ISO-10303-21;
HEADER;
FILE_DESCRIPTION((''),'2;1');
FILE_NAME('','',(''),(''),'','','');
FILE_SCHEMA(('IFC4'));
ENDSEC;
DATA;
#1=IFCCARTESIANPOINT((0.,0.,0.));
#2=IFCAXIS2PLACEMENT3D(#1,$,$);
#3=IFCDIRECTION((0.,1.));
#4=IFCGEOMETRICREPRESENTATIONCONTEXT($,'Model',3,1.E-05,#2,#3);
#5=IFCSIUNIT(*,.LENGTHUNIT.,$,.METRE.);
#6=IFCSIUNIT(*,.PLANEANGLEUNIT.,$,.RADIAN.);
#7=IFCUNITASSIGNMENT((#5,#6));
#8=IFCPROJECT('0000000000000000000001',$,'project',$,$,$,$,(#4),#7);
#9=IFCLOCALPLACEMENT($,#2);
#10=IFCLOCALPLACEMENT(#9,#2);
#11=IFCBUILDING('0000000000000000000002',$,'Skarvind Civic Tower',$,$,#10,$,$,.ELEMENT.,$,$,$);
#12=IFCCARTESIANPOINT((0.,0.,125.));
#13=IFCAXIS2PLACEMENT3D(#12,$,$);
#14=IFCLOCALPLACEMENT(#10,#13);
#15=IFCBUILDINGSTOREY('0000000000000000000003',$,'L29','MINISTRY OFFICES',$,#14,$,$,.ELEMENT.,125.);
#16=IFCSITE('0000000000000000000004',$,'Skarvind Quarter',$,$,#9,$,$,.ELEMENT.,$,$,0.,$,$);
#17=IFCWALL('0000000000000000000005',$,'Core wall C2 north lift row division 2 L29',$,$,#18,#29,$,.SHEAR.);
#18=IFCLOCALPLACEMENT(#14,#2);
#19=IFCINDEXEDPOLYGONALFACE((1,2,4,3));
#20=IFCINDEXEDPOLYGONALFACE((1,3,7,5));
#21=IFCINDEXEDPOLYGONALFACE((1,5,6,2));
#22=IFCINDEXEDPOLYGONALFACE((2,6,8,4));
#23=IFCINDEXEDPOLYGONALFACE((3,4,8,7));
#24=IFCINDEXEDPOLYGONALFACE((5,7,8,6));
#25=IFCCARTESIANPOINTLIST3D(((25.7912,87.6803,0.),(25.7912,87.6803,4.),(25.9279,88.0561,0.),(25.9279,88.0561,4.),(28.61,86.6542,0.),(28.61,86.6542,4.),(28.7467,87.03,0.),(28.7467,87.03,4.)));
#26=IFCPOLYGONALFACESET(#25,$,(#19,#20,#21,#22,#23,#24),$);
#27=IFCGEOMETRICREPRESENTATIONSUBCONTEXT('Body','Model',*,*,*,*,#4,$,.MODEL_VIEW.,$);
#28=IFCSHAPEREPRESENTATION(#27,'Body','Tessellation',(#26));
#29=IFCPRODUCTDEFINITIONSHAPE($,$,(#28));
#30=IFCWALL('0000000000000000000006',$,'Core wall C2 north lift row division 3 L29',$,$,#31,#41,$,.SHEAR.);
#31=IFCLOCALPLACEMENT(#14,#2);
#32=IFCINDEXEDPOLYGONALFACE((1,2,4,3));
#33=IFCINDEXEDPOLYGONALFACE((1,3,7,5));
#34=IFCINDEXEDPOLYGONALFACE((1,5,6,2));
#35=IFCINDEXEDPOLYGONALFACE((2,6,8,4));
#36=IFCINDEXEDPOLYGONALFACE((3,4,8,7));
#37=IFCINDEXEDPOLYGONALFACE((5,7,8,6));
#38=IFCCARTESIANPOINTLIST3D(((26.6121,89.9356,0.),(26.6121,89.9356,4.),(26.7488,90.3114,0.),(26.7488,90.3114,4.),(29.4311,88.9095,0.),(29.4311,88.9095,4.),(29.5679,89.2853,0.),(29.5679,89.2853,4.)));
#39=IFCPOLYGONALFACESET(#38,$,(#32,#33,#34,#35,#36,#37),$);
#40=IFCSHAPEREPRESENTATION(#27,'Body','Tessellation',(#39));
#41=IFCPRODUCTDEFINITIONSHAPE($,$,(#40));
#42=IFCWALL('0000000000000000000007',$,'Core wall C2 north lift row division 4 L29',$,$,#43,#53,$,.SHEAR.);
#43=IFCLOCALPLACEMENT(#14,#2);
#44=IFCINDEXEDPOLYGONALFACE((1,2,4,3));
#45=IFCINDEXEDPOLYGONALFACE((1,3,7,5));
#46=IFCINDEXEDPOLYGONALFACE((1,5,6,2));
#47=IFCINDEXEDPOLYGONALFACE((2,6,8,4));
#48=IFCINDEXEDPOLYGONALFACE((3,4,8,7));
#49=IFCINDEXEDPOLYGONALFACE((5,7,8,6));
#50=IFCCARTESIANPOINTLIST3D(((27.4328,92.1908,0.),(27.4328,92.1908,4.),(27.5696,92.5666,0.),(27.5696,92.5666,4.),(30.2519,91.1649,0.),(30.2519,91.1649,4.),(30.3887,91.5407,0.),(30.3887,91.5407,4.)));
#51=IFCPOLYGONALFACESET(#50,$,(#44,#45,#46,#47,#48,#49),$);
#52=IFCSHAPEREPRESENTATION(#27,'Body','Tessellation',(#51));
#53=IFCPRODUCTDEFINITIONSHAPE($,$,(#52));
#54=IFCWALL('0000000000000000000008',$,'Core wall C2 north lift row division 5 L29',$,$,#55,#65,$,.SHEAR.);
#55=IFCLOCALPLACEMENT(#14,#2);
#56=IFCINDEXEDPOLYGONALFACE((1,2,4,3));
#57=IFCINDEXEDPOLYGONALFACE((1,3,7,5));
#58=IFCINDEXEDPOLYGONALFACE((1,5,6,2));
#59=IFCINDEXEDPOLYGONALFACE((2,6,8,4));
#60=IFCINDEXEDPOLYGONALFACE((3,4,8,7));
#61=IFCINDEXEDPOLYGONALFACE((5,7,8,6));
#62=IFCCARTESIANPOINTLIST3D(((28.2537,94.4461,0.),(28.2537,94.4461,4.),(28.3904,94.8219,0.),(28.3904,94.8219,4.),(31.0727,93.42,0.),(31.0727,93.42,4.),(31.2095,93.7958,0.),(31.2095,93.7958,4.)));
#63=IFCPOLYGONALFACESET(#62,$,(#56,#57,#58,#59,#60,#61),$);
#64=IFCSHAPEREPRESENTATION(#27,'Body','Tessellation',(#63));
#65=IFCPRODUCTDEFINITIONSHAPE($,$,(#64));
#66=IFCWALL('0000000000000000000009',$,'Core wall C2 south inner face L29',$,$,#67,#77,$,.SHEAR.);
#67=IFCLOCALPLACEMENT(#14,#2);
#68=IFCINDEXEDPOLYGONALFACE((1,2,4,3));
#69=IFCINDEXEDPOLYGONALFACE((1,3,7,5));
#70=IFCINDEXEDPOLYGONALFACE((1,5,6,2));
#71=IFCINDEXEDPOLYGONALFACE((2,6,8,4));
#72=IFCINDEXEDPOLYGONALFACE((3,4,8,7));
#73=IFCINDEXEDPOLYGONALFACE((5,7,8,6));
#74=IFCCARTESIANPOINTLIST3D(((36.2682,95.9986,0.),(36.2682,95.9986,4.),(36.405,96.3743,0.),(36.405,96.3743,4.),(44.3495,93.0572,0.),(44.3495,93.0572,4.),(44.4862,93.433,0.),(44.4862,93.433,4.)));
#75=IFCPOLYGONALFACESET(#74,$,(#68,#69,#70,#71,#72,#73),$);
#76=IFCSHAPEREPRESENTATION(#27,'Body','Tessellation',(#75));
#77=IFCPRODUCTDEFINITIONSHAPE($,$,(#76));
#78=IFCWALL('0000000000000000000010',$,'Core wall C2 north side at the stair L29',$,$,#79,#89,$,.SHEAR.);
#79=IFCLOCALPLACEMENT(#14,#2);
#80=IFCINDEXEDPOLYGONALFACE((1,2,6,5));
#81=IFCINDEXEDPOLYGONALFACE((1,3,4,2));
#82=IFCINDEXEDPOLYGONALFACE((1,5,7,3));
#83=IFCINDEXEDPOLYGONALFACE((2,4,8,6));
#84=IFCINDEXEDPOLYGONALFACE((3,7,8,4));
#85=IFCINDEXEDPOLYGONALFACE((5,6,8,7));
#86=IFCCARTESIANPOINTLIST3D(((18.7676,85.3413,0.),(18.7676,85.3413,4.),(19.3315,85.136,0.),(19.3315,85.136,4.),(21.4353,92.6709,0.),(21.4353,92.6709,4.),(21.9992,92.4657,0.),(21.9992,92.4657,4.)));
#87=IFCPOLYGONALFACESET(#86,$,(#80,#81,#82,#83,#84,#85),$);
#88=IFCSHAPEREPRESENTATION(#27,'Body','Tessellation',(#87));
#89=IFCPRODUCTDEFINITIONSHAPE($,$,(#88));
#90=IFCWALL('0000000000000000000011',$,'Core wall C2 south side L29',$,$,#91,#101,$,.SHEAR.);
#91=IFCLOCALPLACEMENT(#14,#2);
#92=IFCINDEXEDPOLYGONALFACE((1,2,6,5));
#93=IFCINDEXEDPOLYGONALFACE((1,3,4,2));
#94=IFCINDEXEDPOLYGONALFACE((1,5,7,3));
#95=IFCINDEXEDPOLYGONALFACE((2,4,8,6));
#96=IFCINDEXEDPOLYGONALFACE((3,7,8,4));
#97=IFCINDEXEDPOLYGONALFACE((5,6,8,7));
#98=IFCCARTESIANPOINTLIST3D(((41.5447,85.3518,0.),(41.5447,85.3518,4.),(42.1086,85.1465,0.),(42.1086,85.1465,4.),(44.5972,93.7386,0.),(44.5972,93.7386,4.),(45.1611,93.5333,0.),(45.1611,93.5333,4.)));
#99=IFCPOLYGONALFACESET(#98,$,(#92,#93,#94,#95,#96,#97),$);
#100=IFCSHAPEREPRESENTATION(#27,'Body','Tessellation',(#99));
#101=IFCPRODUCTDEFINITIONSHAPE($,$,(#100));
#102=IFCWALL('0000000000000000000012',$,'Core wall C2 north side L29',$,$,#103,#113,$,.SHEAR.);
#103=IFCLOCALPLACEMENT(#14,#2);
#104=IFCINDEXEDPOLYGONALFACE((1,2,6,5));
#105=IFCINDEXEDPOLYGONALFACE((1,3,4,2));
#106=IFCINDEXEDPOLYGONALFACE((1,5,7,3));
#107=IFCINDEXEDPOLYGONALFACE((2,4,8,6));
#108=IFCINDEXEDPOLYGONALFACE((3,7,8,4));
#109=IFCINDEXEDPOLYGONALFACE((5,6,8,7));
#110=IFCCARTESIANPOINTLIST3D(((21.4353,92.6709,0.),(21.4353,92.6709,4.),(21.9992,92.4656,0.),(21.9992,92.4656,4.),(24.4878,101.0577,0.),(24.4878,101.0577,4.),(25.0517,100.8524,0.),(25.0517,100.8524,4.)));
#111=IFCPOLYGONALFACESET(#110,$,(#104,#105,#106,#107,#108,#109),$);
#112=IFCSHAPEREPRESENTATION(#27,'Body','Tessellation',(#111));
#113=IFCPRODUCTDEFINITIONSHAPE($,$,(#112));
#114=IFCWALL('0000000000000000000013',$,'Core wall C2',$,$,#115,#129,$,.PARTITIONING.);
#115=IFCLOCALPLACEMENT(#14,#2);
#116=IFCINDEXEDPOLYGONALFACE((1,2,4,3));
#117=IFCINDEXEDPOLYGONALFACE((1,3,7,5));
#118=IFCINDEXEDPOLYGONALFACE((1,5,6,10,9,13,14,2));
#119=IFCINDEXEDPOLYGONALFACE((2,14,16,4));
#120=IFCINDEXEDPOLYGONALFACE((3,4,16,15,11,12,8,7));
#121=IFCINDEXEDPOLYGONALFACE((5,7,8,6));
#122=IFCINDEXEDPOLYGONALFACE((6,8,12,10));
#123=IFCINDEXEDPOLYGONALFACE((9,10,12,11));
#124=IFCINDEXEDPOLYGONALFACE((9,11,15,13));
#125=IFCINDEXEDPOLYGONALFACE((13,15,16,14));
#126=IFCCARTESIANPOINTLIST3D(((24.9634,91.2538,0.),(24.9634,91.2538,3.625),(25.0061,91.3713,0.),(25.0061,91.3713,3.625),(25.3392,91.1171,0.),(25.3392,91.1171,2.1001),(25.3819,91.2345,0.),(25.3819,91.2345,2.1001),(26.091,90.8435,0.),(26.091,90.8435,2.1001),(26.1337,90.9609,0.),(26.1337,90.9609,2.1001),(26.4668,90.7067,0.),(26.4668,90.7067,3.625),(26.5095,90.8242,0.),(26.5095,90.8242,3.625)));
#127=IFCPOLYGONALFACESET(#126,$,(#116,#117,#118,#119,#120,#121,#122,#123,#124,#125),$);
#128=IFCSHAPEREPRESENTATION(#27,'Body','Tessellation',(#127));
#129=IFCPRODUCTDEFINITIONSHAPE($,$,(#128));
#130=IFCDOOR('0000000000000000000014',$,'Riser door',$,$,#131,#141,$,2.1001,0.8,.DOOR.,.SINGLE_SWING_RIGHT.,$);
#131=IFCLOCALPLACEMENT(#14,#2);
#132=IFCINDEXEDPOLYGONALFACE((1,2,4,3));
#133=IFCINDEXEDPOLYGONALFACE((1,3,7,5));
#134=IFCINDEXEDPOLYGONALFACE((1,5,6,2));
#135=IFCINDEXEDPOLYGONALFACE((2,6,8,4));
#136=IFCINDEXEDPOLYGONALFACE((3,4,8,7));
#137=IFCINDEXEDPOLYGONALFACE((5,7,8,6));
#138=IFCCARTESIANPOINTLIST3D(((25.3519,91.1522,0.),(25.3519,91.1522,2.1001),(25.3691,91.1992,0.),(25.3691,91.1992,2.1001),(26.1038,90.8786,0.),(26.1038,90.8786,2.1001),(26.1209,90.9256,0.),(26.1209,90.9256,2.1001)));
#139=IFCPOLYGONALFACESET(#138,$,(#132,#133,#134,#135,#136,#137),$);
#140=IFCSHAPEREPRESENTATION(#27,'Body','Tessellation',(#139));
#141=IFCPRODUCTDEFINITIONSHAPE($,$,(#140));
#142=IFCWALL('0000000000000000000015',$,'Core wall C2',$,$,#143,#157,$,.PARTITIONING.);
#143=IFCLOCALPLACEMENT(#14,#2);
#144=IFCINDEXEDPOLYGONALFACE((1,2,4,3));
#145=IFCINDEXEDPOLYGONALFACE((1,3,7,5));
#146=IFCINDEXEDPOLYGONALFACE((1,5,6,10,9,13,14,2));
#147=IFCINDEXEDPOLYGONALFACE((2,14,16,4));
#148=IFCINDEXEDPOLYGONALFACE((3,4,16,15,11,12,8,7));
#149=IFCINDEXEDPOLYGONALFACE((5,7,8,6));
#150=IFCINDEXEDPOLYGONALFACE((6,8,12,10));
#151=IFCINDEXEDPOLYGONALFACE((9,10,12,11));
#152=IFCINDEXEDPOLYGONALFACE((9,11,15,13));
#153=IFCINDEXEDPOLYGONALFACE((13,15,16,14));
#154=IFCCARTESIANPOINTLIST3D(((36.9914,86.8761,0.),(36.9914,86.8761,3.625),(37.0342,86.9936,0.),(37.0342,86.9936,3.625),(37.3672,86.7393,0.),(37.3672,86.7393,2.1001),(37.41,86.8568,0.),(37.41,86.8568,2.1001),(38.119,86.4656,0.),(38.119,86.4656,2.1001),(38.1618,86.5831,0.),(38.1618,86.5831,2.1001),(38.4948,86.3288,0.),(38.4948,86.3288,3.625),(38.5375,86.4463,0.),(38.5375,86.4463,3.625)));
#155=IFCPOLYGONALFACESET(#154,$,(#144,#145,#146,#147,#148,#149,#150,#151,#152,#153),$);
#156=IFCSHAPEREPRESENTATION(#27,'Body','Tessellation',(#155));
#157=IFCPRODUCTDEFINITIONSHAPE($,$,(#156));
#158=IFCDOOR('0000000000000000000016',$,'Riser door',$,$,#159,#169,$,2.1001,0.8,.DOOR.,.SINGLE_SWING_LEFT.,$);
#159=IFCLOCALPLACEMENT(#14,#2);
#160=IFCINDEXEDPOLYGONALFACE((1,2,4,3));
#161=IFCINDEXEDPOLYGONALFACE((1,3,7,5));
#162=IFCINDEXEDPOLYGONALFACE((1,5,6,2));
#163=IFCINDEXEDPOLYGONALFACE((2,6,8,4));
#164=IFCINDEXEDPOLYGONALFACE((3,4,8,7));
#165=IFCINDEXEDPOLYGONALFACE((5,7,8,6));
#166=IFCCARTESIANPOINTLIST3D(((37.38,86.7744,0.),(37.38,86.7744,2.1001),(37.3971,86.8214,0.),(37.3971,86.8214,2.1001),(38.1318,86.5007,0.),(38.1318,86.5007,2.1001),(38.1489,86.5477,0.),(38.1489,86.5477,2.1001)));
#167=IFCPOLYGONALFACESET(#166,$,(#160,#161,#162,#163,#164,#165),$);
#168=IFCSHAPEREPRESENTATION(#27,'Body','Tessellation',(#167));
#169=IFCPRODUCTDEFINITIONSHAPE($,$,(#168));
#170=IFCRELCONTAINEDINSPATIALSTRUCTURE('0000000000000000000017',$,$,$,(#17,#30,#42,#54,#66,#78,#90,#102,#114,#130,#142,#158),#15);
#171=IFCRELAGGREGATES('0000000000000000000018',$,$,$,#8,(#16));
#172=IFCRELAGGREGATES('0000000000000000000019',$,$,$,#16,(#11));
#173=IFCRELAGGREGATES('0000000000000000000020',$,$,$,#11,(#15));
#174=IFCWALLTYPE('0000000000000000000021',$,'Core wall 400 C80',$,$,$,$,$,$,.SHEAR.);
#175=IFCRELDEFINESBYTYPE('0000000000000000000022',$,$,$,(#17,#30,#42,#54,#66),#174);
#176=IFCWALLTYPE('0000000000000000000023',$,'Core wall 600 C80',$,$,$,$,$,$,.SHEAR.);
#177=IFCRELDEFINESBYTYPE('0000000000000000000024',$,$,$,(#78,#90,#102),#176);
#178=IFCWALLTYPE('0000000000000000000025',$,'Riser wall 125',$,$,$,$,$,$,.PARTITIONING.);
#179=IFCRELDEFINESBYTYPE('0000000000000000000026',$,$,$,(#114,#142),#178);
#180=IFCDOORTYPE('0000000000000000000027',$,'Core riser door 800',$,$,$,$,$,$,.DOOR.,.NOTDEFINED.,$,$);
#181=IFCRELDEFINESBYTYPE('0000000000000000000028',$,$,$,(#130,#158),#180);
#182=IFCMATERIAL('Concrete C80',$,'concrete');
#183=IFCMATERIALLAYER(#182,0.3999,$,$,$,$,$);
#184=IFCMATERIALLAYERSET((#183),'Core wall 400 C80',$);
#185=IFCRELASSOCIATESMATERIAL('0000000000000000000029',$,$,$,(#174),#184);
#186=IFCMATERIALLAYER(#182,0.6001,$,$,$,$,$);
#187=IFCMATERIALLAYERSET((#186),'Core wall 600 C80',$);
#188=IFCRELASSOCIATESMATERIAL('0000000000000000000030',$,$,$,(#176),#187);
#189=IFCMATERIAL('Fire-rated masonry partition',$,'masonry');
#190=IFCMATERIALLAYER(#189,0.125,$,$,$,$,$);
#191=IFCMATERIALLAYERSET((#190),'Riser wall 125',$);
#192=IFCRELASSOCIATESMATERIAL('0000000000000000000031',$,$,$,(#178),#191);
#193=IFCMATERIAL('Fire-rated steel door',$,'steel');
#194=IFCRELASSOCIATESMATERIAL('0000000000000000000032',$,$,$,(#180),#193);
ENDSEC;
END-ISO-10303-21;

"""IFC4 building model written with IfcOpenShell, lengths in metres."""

from ifc_helpers import new_model, si_unit, direction, frame, frame_2d, origin, place, context, subcontext, project, spatial, rectangle, extrude, material, layer, layer_set, type_object, element, fill, save


model = new_model("IFC4")

# Units and contexts
model_context = context("Model", 3, precision=1e-05, world=origin(), true_north=direction((0.0, 1.0)))
body_context = subcontext(model_context, "Body", "Model", "MODEL_VIEW")
ifc_project = project(units=[si_unit("LENGTHUNIT", "METRE"), si_unit("PLANEANGLEUNIT", "RADIAN")], contexts=[model_context])

# Site, building, storey
site_placement = place(None, origin())
site = spatial("IfcSite", under=ifc_project, at=site_placement, Name="Skarvind Quarter", CompositionType="ELEMENT", RefElevation=0.0)
building_placement = place(site_placement, origin())
building = spatial("IfcBuilding", under=site, at=building_placement, Name="Skarvind Civic Tower", CompositionType="ELEMENT")
storey_placement = place(building_placement, frame((0.0, 0.0, 125.0)))
storey = spatial("IfcBuildingStorey", under=building, at=storey_placement, Name="L29", Description="MINISTRY OFFICES", CompositionType="ELEMENT", Elevation=125.0)

# Shared definitions
ifc_material_1 = material(Name="Fire-rated masonry partition", Category="masonry")
ifc_material_2 = material(Name="Fire-rated steel door", Category="steel")
ifc_material_3 = material(Name="Concrete C80", Category="concrete")
ifc_layer_1 = layer(ifc_material_3, 0.3999)
ifc_layer_set_1 = layer_set([ifc_layer_1], Name="Core wall 400 C80")
wall_type_1 = type_object("IfcWallType", Name="Core wall 400 C80", PredefinedType="SHEAR", material=ifc_layer_set_1)

# Walls
wall_1_placement = place(storey_placement, frame((28.6785, 86.842, 0.0), z_axis=(0.0, 0.0, 1.0), x_axis=(-0.939677, 0.342063, 0.0)))
element("IfcWall", 1, at=wall_1_placement, inside=storey, type_object=wall_type_1, Name="Core wall C2 north lift row division 2 L29", PredefinedType="SHEAR", context=body_context, shape_type="SweptSolid", body=[
    extrude(rectangle(XDim=2.9998, YDim=0.3999, at=frame_2d((1.5, 0.0))), origin(), (0.0, 0.0, 1.0), 4.0),
])
for number, where, z_axis, x_axis, name in (
    (2, (29.4995, 89.0974, 0.0), (0.0, 0.0, 1.0), (-0.939686, 0.342037, 0.0), "Core wall C2 north lift row division 3 L29"),
    (3, (30.3203, 91.3528, 0.0), (0.0, 0.0, 1.0), (-0.939713, 0.341965, 0.0), "Core wall C2 north lift row division 4 L29"),
    (4, (31.1411, 93.6079, 0.0), (0.0, 0.0, 1.0), (-0.939686, 0.342037, 0.0), "Core wall C2 north lift row division 5 L29"),
):
    element("IfcWall", number, at=place(storey_placement, frame(where, z_axis=z_axis, x_axis=x_axis)), inside=storey, type_object=wall_type_1, Name=name, PredefinedType="SHEAR", context=body_context, shape_type="SweptSolid", body=[
        extrude(rectangle(XDim=3.0, YDim=0.3999, at=frame_2d((1.5, 0.0))), origin(), (0.0, 0.0, 1.0), 4.0),
    ])
wall_2_placement = place(storey_placement, frame((44.4177, 93.2451, 0.0), z_axis=(0.0, 0.0, 1.0), x_axis=(-0.939691, 0.342026, 0.0)))
element("IfcWall", 5, at=wall_2_placement, inside=storey, type_object=wall_type_1, Name="Core wall C2 south inner face L29", PredefinedType="SHEAR", context=body_context, shape_type="SweptSolid", body=[
    extrude(rectangle(XDim=8.5999, YDim=0.3999, at=frame_2d((4.2998, 0.0))), origin(), (0.0, 0.0, 1.0), 4.0),
])
ifc_layer_2 = layer(ifc_material_3, 0.6001)
ifc_layer_set_2 = layer_set([ifc_layer_2], Name="Core wall 600 C80")
wall_type_2 = type_object("IfcWallType", Name="Core wall 600 C80", PredefinedType="SHEAR", material=ifc_layer_set_2)
wall_3_placement = place(storey_placement, frame((19.0496, 85.2388, 0.0), z_axis=(0.0, 0.0, 1.0), x_axis=(0.342017, 0.939694, 0.0)))
element("IfcWall", 6, at=wall_3_placement, inside=storey, type_object=wall_type_2, Name="Core wall C2 north side at the stair L29", PredefinedType="SHEAR", context=body_context, shape_type="SweptSolid", body=[
    extrude(rectangle(XDim=7.8, YDim=0.6001, at=frame_2d((3.8999, 0.0))), origin(), (0.0, 0.0, 1.0), 4.0),
])
for number, where, z_axis, x_axis, name in (
    (7, (41.8267, 85.2493, 0.0), (0.0, 0.0, 1.0), (0.342018, 0.939694, 0.0), "Core wall C2 south side L29"),
    (8, (21.7173, 92.5684, 0.0), (0.0, 0.0, 1.0), (0.342018, 0.939694, 0.0), "Core wall C2 north side L29"),
):
    element("IfcWall", number, at=place(storey_placement, frame(where, z_axis=z_axis, x_axis=x_axis)), inside=storey, type_object=wall_type_2, Name=name, PredefinedType="SHEAR", context=body_context, shape_type="SweptSolid", body=[
        extrude(rectangle(XDim=8.925, YDim=0.6001, at=frame_2d((4.4624, 0.0))), origin(), (0.0, 0.0, 1.0), 4.0),
    ])

# Walls, openings, doors
ifc_layer_3 = layer(ifc_material_1, 0.125)
ifc_layer_set_3 = layer_set([ifc_layer_3], Name="Riser wall 125")
wall_type_3 = type_object("IfcWallType", Name="Riser wall 125", PredefinedType="PARTITIONING", material=ifc_layer_set_3)
wall_4_placement = place(storey_placement, frame((24.9849, 91.3125, 0.0), z_axis=(0.0, 0.0, 1.0), x_axis=(0.939709, -0.341976, 0.0)))
wall_4 = element("IfcWall", 9, at=wall_4_placement, inside=storey, type_object=wall_type_3, Name="Core wall C2", PredefinedType="PARTITIONING", context=body_context, shape_type="SweptSolid", body=[
    extrude(rectangle(XDim=1.5999, YDim=0.125, at=frame_2d((0.7998, 0.0))), origin(), (0.0, 0.0, 1.0), 3.625),
])
opening_1_placement = place(wall_4_placement, frame((0.3999, 0.0, 0.0)))
opening_1 = element("IfcOpeningElement", 10, at=opening_1_placement, cuts=wall_4, PredefinedType="OPENING", context=body_context, shape_type="SweptSolid", body=[
    extrude(rectangle(XDim=0.8, YDim=2.1001, at=frame_2d((0.3999, 1.05))), frame((0.0, 0.0725, 0.0), z_axis=(0.0, -1.0, 0.0), x_axis=(1.0, 0.0, 0.0)), (0.0, 0.0, 1.0), 0.145),
])
door_type_1 = type_object("IfcDoorType", Name="Core riser door 800", OperationType="NOTDEFINED", PredefinedType="DOOR", material=ifc_material_2)
door_1_placement = place(opening_1_placement, origin())
door_1 = element("IfcDoor", 11, at=door_1_placement, inside=storey, type_object=door_type_1, Name="Riser door", OperationType="SINGLE_SWING_RIGHT", OverallHeight=2.1001, OverallWidth=0.8, PredefinedType="DOOR", context=body_context, shape_type="SweptSolid", body=[
    extrude(rectangle(XDim=0.8, YDim=2.1001, at=frame_2d((0.3999, 1.05))), frame((0.0, 0.0249, 0.0), z_axis=(0.0, -1.0, 0.0), x_axis=(1.0, 0.0, 0.0)), (0.0, 0.0, 1.0), 0.05),
])
fill(opening_1, door_1)
wall_5_placement = place(storey_placement, frame((37.0129, 86.9348, 0.0), z_axis=(0.0, 0.0, 1.0), x_axis=(0.93966, -0.342111, 0.0)))
wall_5 = element("IfcWall", 12, at=wall_5_placement, inside=storey, type_object=wall_type_3, Name="Core wall C2", PredefinedType="PARTITIONING", context=body_context, shape_type="SweptSolid", body=[
    extrude(rectangle(XDim=1.5999, YDim=0.125, at=frame_2d((0.7998, 0.0))), origin(), (0.0, 0.0, 1.0), 3.625),
])
opening_2_placement = place(wall_5_placement, frame((0.3999, 0.0, 0.0)))
opening_2 = element("IfcOpeningElement", 13, at=opening_2_placement, cuts=wall_5, PredefinedType="OPENING", context=body_context, shape_type="SweptSolid", body=[
    extrude(rectangle(XDim=0.8, YDim=2.1001, at=frame_2d((0.3999, 1.05))), frame((0.0, 0.0725, 0.0), z_axis=(0.0, -1.0, 0.0), x_axis=(1.0, 0.0, 0.0)), (0.0, 0.0, 1.0), 0.145),
])
door_2_placement = place(opening_2_placement, origin())
door_2 = element("IfcDoor", 14, at=door_2_placement, inside=storey, type_object=door_type_1, Name="Riser door", OperationType="SINGLE_SWING_LEFT", OverallHeight=2.1001, OverallWidth=0.8, PredefinedType="DOOR", context=body_context, shape_type="SweptSolid", body=[
    extrude(rectangle(XDim=0.8, YDim=2.1001, at=frame_2d((0.3999, 1.05))), frame((0.0, 0.0249, 0.0), z_axis=(0.0, -1.0, 0.0), x_axis=(1.0, 0.0, 0.0)), (0.0, 0.0, 1.0), 0.05),
])
fill(opening_2, door_2)

save(model, "model.ifc")
